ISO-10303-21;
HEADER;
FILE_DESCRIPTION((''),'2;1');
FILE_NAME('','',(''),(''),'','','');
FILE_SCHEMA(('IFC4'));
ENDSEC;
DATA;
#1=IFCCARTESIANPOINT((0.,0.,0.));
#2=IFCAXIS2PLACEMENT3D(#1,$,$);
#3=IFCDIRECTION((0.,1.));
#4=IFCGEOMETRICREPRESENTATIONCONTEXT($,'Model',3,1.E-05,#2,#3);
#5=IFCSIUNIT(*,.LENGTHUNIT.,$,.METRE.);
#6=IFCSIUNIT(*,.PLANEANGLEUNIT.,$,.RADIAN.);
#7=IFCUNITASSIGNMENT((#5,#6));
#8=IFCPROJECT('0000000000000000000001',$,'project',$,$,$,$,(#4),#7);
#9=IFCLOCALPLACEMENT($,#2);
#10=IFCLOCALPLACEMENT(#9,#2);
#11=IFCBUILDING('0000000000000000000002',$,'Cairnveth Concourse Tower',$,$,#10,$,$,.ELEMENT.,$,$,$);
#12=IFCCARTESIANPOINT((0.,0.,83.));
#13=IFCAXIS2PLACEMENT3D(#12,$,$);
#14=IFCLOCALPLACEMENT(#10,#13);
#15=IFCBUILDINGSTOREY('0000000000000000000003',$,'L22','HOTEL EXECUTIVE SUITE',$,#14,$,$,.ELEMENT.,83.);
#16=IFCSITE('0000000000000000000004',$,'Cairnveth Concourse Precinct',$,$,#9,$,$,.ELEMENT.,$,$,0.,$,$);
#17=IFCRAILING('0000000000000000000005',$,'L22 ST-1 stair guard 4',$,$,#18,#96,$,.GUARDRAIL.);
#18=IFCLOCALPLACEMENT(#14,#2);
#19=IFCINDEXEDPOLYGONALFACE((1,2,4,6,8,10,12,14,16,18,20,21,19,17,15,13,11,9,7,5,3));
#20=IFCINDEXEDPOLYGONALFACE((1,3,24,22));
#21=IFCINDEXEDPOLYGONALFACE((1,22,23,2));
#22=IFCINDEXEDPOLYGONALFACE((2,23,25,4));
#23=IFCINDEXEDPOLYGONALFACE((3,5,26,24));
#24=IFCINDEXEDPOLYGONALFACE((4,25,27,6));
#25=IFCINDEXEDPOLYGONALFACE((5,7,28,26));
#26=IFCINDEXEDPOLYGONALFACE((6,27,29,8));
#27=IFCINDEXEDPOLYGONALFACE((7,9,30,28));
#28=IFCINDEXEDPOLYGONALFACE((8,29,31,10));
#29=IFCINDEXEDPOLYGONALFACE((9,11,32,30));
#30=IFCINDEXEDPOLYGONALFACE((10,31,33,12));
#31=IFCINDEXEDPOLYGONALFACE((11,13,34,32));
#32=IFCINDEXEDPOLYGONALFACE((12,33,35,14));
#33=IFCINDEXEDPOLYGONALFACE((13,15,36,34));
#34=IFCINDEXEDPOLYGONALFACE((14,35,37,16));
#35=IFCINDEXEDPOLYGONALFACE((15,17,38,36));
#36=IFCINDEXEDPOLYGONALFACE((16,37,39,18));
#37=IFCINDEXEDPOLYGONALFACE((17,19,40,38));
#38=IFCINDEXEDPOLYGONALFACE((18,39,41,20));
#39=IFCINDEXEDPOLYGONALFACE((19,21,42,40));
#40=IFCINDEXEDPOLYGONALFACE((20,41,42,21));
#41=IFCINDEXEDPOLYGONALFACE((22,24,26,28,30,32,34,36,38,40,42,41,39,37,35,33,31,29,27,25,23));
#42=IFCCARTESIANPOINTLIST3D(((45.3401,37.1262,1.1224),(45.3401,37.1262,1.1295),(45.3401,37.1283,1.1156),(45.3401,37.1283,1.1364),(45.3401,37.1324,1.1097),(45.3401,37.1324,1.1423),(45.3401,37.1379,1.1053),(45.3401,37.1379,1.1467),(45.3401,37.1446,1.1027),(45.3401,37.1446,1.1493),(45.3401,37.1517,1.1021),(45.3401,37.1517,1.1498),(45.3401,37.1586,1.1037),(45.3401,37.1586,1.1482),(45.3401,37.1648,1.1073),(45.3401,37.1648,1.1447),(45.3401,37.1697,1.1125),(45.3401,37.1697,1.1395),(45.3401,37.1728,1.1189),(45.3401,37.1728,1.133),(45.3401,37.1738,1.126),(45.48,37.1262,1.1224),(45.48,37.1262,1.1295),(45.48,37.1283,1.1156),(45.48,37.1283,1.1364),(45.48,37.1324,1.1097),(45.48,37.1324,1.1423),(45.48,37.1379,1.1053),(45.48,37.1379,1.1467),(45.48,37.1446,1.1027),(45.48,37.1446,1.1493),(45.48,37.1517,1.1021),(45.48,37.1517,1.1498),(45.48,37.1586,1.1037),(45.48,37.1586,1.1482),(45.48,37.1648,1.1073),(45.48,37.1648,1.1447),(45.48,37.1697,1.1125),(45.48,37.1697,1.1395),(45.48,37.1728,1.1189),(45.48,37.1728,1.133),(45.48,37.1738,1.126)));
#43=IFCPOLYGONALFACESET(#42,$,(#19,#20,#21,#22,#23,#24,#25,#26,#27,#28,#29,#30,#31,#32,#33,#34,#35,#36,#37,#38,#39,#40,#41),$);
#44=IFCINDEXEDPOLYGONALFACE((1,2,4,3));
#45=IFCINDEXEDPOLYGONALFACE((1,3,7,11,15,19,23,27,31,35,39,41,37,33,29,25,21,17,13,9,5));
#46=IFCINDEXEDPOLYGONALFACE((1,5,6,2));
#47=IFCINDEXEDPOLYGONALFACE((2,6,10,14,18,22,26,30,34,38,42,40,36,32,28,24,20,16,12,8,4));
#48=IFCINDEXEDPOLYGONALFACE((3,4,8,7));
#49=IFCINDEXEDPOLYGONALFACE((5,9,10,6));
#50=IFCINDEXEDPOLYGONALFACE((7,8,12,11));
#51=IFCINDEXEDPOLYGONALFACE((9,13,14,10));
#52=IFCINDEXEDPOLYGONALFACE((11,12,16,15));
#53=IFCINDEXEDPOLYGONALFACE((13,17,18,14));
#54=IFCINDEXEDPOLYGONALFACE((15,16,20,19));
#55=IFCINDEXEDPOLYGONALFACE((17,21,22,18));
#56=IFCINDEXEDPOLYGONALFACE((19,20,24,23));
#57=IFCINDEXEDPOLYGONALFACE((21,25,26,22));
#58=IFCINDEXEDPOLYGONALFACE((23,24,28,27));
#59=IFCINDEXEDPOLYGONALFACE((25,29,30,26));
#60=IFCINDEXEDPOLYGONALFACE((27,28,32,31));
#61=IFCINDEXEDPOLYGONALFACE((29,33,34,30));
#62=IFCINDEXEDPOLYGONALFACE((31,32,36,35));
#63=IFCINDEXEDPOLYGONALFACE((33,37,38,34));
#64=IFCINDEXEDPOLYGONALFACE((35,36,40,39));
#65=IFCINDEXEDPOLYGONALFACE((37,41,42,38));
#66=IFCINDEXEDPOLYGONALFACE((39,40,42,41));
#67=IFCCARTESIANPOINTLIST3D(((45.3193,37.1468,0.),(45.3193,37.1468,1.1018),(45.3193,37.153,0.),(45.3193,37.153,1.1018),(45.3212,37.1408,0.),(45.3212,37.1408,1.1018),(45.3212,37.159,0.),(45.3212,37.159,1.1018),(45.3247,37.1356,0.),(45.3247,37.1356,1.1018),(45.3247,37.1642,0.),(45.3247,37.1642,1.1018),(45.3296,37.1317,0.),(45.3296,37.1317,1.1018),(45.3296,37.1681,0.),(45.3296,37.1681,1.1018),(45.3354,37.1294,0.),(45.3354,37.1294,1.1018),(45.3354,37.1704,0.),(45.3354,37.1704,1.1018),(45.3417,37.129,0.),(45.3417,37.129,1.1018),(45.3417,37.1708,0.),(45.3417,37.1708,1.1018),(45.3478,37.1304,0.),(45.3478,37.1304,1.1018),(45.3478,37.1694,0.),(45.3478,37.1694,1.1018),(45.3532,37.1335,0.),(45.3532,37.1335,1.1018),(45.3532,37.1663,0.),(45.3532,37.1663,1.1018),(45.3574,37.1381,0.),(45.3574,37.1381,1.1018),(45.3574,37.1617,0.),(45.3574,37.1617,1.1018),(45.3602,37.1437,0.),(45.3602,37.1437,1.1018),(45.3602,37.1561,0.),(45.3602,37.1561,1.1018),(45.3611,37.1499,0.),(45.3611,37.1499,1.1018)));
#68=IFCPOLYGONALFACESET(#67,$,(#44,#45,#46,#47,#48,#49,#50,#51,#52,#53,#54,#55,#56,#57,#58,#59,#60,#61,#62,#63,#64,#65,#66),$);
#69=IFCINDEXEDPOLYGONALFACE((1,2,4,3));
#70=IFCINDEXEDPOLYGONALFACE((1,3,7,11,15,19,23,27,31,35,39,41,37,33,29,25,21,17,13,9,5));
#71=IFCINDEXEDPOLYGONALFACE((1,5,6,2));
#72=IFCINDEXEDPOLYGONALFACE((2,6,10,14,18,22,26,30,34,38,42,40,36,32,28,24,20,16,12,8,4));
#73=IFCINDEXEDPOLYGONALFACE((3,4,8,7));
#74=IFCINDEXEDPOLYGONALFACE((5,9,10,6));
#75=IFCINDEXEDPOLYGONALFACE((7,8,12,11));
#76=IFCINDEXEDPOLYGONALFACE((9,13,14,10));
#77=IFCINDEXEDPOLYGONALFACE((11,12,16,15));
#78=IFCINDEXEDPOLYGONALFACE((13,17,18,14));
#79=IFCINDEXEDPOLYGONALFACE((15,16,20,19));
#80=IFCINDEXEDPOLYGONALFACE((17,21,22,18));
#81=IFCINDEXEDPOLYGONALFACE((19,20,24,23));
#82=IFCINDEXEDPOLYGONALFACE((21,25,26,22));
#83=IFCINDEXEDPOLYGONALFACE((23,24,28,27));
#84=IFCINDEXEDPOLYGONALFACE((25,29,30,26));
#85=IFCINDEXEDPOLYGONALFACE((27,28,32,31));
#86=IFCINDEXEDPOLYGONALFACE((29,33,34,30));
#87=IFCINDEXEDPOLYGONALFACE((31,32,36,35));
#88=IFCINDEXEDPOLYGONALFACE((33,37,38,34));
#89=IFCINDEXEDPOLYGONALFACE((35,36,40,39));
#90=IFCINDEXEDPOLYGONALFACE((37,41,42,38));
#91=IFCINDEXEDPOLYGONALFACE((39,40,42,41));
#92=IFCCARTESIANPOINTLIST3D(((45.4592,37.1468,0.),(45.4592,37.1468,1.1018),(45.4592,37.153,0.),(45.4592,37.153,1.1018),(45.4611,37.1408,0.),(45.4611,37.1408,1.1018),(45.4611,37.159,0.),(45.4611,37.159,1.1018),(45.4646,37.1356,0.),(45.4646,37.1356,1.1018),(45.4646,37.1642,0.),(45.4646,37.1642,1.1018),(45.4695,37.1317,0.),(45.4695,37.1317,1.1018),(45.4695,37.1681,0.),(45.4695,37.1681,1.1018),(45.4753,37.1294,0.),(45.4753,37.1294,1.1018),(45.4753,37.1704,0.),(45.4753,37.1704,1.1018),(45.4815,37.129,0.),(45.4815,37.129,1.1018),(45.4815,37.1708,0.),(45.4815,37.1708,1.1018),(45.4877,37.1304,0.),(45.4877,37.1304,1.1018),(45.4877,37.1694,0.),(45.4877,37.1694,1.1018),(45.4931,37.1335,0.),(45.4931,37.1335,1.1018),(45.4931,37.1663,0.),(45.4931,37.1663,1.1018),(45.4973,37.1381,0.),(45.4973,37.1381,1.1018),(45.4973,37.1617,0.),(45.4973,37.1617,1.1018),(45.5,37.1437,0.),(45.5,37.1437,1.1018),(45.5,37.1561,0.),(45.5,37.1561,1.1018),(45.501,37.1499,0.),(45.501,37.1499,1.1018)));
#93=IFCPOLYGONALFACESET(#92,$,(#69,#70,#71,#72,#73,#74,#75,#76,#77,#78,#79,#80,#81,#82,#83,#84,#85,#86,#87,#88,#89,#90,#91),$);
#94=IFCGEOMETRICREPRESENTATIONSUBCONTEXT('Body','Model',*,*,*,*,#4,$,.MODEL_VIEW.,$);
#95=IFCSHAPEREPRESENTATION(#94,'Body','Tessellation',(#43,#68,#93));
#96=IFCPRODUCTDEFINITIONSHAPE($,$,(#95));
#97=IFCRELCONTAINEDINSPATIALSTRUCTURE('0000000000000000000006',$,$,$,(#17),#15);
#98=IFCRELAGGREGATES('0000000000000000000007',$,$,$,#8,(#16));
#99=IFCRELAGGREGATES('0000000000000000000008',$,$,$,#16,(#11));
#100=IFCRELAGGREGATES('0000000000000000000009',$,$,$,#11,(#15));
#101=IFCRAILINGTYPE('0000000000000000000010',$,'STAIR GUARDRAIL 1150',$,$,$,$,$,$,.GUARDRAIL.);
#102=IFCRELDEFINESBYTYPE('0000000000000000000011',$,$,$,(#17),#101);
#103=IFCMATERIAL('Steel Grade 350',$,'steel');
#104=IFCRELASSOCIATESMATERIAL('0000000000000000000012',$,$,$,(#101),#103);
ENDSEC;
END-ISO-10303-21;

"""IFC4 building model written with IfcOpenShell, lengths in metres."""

from ifc_helpers import new_model, si_unit, direction, frame, origin, origin_2d, place, context, subcontext, project, spatial, circle, extrude, material, type_object, element, save


model = new_model("IFC4")

# Units and contexts
model_context = context("Model", 3, precision=1e-05, world=origin(), true_north=direction((0.0, 1.0)))
body_context = subcontext(model_context, "Body", "Model", "MODEL_VIEW")
ifc_project = project(units=[si_unit("LENGTHUNIT", "METRE"), si_unit("PLANEANGLEUNIT", "RADIAN")], contexts=[model_context])

# Site, building, storey
site_placement = place(None, origin())
site = spatial("IfcSite", under=ifc_project, at=site_placement, Name="Cairnveth Concourse Precinct", CompositionType="ELEMENT", RefElevation=0.0)
building_placement = place(site_placement, origin())
building = spatial("IfcBuilding", under=site, at=building_placement, Name="Cairnveth Concourse Tower", CompositionType="ELEMENT")
storey_placement = place(building_placement, frame((0.0, 0.0, 83.0)))
storey = spatial("IfcBuildingStorey", under=building, at=storey_placement, Name="L22", Description="HOTEL EXECUTIVE SUITE", CompositionType="ELEMENT", Elevation=83.0)

# Shared definitions
ifc_material_1 = material(Name="Steel Grade 350", Category="steel")

# Railing
railing_type_1 = type_object("IfcRailingType", Name="STAIR GUARDRAIL 1150", PredefinedType="GUARDRAIL", material=ifc_material_1)
railing_1_placement = place(storey_placement, frame((45.3401, 37.1499, 0.0)))
element("IfcRailing", 1, at=railing_1_placement, inside=storey, type_object=railing_type_1, Name="L22 ST-1 stair guard 4", PredefinedType="GUARDRAIL", context=body_context, shape_type="SweptSolid", body=[
    extrude(circle(Radius=0.0239, at=origin_2d()), frame((0.0, 0.0, 1.126), z_axis=(1.0, 0.0, 0.0), x_axis=(0.0, 1.0, 0.0)), (0.0, 0.0, 1.0), 0.1399),
    extrude(circle(Radius=0.021, at=origin_2d()), origin(), (0.0, 0.0, 1.0), 1.1018),
    extrude(circle(Radius=0.021, at=origin_2d()), frame((0.1399, 0.0, 0.0)), (0.0, 0.0, 1.0), 1.1018),
])

save(model, "model.ifc")
